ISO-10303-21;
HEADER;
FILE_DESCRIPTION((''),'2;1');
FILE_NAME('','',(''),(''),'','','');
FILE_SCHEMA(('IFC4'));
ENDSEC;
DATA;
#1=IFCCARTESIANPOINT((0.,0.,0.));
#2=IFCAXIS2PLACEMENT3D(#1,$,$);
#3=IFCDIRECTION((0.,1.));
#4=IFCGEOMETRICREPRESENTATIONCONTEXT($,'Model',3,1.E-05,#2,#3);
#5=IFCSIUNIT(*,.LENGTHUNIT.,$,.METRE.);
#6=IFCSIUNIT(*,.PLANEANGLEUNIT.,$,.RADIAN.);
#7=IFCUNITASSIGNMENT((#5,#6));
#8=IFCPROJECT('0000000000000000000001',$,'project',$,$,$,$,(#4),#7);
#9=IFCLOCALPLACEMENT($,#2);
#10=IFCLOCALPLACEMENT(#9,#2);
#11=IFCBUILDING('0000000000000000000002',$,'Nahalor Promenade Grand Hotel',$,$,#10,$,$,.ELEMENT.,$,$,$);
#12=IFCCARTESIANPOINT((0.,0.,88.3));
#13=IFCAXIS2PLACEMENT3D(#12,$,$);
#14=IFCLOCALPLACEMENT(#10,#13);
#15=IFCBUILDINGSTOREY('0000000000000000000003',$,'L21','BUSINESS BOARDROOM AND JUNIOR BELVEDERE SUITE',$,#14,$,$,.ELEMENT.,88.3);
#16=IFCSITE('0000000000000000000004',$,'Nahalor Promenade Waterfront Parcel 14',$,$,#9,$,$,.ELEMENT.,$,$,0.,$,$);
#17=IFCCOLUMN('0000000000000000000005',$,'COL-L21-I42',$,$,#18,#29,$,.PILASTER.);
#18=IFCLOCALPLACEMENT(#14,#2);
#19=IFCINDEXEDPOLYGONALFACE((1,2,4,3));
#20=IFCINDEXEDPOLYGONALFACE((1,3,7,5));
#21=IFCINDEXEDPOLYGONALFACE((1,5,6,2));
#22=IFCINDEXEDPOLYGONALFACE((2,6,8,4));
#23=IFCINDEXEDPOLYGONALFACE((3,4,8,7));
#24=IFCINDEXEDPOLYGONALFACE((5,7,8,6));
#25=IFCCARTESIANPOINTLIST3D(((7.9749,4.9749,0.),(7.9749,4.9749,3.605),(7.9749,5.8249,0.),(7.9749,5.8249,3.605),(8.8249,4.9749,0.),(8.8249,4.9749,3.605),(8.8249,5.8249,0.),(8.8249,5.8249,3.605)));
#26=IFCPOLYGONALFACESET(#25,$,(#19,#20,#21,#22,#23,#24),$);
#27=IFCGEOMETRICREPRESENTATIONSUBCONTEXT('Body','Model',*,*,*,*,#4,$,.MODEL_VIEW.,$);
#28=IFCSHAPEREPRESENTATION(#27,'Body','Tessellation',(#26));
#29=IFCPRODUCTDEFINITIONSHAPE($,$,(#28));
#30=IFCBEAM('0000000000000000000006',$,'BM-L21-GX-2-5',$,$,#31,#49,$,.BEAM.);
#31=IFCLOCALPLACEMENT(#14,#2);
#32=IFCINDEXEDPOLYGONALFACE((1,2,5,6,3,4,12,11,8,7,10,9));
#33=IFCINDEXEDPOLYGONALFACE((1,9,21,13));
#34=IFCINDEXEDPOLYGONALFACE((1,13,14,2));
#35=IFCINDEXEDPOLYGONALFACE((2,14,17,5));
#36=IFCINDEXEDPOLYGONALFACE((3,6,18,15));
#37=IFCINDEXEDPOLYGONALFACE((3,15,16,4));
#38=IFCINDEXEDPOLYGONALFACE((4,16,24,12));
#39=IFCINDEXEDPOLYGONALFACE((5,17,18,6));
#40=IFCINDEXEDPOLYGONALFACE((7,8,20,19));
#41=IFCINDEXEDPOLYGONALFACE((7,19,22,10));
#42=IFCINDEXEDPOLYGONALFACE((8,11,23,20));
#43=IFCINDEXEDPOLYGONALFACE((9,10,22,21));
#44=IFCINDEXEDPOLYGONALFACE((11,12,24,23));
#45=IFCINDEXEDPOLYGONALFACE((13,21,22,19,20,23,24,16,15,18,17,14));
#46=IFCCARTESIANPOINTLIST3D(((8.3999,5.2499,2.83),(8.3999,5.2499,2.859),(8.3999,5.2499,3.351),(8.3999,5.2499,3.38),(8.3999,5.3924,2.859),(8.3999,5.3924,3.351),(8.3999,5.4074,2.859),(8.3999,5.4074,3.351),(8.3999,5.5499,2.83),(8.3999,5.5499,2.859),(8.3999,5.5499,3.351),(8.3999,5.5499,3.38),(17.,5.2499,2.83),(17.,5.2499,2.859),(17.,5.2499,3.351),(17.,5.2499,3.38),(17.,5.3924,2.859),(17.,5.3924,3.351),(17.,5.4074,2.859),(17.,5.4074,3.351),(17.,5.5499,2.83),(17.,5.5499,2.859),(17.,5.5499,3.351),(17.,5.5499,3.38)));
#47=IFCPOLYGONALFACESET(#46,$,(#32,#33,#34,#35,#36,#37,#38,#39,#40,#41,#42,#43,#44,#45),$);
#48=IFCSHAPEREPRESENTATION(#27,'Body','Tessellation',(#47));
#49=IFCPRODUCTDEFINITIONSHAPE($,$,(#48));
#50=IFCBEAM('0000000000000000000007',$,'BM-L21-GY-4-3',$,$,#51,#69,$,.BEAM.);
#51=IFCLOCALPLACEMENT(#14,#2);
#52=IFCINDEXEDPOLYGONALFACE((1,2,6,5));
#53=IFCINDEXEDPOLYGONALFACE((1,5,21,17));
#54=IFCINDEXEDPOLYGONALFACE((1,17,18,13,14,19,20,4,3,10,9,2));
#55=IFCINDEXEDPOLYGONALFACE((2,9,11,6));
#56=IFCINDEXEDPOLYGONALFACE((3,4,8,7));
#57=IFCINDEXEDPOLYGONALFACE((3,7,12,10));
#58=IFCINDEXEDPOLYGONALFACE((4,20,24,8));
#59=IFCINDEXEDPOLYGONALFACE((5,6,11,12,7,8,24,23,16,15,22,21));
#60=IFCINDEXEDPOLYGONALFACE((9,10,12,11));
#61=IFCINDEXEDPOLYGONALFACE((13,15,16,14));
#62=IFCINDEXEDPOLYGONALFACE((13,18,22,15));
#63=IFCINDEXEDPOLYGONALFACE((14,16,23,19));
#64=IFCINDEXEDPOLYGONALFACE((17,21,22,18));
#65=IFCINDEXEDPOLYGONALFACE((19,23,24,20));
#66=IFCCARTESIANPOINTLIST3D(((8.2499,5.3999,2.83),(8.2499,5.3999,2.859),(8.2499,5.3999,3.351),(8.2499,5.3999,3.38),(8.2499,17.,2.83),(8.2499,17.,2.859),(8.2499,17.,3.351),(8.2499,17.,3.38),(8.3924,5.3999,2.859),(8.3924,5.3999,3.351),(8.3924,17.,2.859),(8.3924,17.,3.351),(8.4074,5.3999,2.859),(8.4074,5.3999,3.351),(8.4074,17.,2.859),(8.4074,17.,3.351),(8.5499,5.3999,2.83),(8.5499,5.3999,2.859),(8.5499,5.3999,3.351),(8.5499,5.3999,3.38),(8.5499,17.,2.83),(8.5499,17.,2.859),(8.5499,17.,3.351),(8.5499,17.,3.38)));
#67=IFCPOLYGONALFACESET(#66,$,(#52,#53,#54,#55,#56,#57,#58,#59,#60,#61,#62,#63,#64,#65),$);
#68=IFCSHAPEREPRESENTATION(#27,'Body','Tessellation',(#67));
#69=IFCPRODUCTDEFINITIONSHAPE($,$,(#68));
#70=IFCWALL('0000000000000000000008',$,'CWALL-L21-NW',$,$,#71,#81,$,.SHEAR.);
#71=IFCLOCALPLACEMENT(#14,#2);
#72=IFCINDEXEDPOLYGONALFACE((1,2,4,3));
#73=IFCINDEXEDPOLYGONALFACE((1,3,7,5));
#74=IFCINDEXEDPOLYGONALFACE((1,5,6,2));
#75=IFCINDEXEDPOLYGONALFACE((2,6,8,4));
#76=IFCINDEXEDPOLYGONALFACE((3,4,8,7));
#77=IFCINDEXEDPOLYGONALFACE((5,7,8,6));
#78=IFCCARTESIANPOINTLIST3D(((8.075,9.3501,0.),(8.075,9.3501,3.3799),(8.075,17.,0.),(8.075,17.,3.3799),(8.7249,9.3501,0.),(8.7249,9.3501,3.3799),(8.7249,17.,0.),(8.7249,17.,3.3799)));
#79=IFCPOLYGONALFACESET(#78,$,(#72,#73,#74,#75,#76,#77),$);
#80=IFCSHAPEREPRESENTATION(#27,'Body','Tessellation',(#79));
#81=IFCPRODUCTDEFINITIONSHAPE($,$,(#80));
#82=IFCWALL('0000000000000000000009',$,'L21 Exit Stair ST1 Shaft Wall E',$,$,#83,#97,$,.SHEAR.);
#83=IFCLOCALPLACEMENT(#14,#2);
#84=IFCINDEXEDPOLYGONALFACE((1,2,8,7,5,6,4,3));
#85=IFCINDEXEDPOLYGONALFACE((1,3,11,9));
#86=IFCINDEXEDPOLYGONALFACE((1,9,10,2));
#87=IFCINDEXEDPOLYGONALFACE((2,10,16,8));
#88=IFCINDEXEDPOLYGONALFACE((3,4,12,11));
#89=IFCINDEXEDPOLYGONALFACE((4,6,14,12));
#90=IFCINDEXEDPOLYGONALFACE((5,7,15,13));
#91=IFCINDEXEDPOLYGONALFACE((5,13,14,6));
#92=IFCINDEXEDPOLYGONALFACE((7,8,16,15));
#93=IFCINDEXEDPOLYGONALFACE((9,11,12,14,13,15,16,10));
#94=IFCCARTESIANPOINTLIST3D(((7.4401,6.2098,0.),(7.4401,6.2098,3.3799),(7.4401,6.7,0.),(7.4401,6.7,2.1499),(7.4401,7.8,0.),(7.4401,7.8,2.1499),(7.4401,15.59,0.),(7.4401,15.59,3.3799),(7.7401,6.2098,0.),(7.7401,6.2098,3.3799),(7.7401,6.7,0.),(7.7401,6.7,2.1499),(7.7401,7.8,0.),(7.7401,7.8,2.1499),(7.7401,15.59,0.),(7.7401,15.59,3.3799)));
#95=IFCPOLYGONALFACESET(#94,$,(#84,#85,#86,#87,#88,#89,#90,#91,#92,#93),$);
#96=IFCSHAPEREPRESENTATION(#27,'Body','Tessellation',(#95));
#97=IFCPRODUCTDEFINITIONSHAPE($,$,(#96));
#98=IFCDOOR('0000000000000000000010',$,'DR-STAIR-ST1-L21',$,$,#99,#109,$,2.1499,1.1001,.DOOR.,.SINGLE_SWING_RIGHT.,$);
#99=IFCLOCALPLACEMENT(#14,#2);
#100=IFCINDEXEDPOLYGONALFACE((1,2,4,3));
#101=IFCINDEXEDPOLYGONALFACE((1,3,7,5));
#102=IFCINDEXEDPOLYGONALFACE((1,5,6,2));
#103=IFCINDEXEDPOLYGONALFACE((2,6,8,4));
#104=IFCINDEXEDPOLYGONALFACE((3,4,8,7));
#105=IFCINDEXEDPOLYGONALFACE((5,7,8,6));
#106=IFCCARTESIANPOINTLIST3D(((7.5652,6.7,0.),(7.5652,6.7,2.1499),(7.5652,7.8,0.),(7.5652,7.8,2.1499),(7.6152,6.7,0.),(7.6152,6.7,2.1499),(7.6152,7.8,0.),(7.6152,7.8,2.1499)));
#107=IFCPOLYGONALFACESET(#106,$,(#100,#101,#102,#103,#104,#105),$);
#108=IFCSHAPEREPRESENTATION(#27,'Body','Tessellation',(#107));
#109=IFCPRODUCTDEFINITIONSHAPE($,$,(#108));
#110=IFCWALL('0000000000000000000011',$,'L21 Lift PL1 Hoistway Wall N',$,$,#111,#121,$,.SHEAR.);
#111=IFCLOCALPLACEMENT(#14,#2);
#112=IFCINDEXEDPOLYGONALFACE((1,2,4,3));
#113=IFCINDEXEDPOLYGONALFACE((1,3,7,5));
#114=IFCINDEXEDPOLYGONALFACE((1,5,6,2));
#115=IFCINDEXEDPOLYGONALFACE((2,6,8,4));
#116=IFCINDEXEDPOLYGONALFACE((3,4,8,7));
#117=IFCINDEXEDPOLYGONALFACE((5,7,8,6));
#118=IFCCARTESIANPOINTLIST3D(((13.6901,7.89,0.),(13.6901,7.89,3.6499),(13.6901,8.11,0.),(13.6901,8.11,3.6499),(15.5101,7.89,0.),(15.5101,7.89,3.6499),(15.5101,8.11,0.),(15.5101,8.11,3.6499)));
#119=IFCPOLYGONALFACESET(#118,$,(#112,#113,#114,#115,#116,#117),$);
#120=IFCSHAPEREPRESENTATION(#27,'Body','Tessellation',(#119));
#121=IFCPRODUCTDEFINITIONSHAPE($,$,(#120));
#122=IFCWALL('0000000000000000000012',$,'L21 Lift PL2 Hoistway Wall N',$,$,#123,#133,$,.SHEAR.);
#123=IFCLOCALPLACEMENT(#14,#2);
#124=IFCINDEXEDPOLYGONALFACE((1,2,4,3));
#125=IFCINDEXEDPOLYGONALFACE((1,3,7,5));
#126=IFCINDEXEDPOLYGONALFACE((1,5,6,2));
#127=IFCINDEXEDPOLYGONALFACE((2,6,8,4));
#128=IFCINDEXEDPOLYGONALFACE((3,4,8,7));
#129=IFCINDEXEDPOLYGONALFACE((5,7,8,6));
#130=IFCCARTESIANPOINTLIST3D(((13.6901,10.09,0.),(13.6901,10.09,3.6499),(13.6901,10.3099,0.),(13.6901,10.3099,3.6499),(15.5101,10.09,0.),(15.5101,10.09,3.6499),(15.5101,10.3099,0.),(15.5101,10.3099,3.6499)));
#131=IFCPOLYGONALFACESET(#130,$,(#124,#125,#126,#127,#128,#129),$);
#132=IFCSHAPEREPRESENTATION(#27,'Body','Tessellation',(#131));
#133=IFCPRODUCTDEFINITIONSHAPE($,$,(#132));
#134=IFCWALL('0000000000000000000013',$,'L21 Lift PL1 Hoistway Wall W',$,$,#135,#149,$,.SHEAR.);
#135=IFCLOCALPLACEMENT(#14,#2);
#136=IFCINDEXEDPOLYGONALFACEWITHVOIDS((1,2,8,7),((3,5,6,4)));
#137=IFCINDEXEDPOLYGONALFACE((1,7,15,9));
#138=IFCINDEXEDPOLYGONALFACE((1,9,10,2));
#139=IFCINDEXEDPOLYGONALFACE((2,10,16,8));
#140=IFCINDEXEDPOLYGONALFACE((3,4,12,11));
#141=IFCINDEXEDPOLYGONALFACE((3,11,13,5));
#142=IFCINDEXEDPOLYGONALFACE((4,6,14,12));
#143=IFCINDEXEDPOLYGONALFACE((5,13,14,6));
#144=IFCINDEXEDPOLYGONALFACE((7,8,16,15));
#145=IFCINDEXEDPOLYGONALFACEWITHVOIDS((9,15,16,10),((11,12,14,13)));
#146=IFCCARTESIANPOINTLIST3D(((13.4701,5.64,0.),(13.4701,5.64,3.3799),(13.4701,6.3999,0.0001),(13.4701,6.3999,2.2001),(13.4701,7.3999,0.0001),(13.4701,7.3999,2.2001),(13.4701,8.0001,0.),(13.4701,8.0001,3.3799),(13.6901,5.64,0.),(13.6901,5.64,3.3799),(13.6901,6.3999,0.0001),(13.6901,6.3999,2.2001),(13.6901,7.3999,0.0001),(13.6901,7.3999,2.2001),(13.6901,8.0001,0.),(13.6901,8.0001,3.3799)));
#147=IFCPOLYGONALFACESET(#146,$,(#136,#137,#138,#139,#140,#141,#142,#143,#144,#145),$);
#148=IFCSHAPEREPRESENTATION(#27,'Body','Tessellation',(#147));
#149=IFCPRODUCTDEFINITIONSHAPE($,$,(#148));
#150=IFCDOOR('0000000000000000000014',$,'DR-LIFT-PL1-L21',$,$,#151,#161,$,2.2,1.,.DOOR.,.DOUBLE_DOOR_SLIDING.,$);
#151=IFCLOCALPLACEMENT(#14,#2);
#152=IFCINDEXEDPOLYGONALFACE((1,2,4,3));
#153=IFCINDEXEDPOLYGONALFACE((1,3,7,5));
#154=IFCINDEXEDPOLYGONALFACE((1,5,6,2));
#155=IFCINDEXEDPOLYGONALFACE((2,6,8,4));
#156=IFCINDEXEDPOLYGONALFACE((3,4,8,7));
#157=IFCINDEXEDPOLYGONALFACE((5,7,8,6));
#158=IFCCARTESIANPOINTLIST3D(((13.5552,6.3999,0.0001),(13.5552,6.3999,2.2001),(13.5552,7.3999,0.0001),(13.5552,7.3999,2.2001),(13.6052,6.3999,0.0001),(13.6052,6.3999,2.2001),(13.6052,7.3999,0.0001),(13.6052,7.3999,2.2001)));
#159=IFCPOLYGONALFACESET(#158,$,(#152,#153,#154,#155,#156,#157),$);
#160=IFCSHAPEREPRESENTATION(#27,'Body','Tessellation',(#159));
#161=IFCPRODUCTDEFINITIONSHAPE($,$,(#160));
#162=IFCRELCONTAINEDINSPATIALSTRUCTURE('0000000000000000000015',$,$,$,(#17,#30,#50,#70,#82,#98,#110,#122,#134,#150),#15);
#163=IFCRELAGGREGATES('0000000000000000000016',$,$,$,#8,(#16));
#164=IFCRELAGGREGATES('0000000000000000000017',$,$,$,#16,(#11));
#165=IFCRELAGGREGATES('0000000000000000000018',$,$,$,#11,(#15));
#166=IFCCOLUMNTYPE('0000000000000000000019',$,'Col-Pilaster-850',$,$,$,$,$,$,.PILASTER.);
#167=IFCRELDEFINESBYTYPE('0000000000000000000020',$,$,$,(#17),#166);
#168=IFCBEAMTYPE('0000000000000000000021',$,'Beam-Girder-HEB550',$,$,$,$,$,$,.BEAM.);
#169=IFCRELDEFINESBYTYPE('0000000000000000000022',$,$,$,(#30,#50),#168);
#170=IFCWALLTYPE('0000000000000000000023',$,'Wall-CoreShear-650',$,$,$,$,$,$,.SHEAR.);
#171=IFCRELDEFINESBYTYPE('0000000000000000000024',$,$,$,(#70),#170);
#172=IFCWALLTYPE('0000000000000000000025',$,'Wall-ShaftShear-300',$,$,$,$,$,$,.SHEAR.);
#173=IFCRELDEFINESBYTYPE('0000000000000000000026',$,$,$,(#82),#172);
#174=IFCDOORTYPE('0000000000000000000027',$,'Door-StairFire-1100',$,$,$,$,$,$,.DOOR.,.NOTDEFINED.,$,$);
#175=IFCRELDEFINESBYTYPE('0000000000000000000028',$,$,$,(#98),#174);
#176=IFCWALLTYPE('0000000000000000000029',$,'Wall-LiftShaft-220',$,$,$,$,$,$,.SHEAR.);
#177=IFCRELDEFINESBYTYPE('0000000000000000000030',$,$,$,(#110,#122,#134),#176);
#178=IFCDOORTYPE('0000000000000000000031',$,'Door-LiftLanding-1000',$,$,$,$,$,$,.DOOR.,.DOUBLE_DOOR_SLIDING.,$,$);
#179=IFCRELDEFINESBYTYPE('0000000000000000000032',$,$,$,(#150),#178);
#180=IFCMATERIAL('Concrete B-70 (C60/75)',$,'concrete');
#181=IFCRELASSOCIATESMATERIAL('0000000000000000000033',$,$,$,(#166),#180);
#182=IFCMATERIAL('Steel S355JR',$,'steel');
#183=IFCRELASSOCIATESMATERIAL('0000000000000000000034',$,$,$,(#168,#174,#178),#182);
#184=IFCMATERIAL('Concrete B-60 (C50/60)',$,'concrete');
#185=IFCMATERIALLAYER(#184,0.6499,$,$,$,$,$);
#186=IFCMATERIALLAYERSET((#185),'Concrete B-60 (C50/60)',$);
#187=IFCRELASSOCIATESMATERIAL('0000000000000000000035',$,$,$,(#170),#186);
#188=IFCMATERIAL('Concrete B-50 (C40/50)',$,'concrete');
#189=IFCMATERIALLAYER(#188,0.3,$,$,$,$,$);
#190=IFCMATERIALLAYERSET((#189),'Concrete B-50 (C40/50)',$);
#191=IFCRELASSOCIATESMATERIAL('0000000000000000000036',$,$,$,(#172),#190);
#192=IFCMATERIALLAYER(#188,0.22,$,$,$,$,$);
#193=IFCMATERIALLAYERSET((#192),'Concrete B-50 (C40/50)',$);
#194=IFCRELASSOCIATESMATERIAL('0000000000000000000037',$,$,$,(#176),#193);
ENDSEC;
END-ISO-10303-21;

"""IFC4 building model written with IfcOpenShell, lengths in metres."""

from ifc_helpers import new_model, si_unit, direction, frame, frame_2d, origin, origin_2d, place, context, subcontext, project, spatial, rectangle, i_section, extrude, source, transform, mapped, material, layer, layer_set, material_profile, profile_set, type_object, element, fill, save


model = new_model("IFC4")

# Units and contexts
model_context = context("Model", 3, precision=1e-05, world=origin(), true_north=direction((0.0, 1.0)))
body_context = subcontext(model_context, "Body", "Model", "MODEL_VIEW")
ifc_project = project(units=[si_unit("LENGTHUNIT", "METRE"), si_unit("PLANEANGLEUNIT", "RADIAN")], contexts=[model_context])

# Site, building, storey
site_placement = place(None, origin())
site = spatial("IfcSite", under=ifc_project, at=site_placement, Name="Nahalor Promenade Waterfront Parcel 14", CompositionType="ELEMENT", RefElevation=0.0)
building_placement = place(site_placement, origin())
building = spatial("IfcBuilding", under=site, at=building_placement, Name="Nahalor Promenade Grand Hotel", CompositionType="ELEMENT")
storey_placement = place(building_placement, frame((0.0, 0.0, 88.3)))
storey = spatial("IfcBuildingStorey", under=building, at=storey_placement, Name="L21", Description="BUSINESS BOARDROOM AND JUNIOR BELVEDERE SUITE", CompositionType="ELEMENT", Elevation=88.3)

# Column
ifc_material_1 = material(Name="Concrete B-70 (C60/75)", Category="concrete")
ifc_material_profile_1 = material_profile(ifc_material_1, rectangle(XDim=0.85, YDim=0.85, at=origin_2d()), Name="RC 850x850")
ifc_profile_set_1 = profile_set([ifc_material_profile_1], Name="Concrete B-70 (C60/75)")
column_type = type_object("IfcColumnType", Name="Col-Pilaster-850", PredefinedType="PILASTER", material=ifc_profile_set_1)
shared_shape_1 = source(origin(), body_context, "Body", "SweptSolid", [
    extrude(rectangle(XDim=0.85, YDim=0.85, at=origin_2d()), origin(), (0.0, 0.0, 1.0), 3.605),
])
column_placement = place(storey_placement, frame((8.3999, 5.3999, 0.0), z_axis=(0.0, 0.0, 1.0), x_axis=(1.0, 0.0, 0.0)))
element("IfcColumn", 1, at=column_placement, inside=storey, type_object=column_type, Name="COL-L21-I42", PredefinedType="PILASTER", context=body_context, shape_type="MappedRepresentation", body=[
    mapped(shared_shape_1, transform((0.0, 0.0, 0.0), scale=1.0)),
])

# Beams
ifc_material_2 = material(Name="Steel S355JR", Category="steel")
ifc_material_profile_2 = material_profile(ifc_material_2, i_section(OverallWidth=0.3, OverallDepth=0.55, WebThickness=0.015, FlangeThickness=0.029, at=origin_2d()), Name="HEB 550")
ifc_profile_set_2 = profile_set([ifc_material_profile_2], Name="Steel S355JR")
beam_type = type_object("IfcBeamType", Name="Beam-Girder-HEB550", PredefinedType="BEAM", material=ifc_profile_set_2)
shared_shape_2 = source(origin(), body_context, "Body", "SweptSolid", [
    extrude(i_section(OverallWidth=0.3, OverallDepth=0.55, WebThickness=0.015, FlangeThickness=0.029, at=origin_2d()), origin(), (0.0, 0.0, 1.0), 8.6001),
])
beam_1_placement = place(storey_placement, frame((8.3999, 5.3999, 3.105), z_axis=(1.0, 0.0, 0.0), x_axis=(0.0, 1.0, 0.0)))
element("IfcBeam", 2, at=beam_1_placement, inside=storey, type_object=beam_type, Name="BM-L21-GX-2-5", PredefinedType="BEAM", context=body_context, shape_type="MappedRepresentation", body=[
    mapped(shared_shape_2, transform((0.0, 0.0, 0.0), scale=1.0)),
])
shared_shape_3 = source(origin(), body_context, "Body", "SweptSolid", [
    extrude(i_section(OverallWidth=0.3, OverallDepth=0.55, WebThickness=0.015, FlangeThickness=0.029, at=origin_2d()), origin(), (0.0, 0.0, 1.0), 11.6001),
])
beam_2_placement = place(storey_placement, frame((8.3999, 5.3999, 3.105), z_axis=(0.0, 1.0, 0.0), x_axis=(-1.0, 0.0, 0.0)))
element("IfcBeam", 3, at=beam_2_placement, inside=storey, type_object=beam_type, Name="BM-L21-GY-4-3", PredefinedType="BEAM", context=body_context, shape_type="MappedRepresentation", body=[
    mapped(shared_shape_3, transform((0.0, 0.0, 0.0), scale=1.0)),
])

# Wall
ifc_material_3 = material(Name="Concrete B-60 (C50/60)", Category="concrete")
ifc_layer_1 = layer(ifc_material_3, 0.6499)
ifc_layer_set_1 = layer_set([ifc_layer_1], Name="Concrete B-60 (C50/60)")
wall_type_1 = type_object("IfcWallType", Name="Wall-CoreShear-650", PredefinedType="SHEAR", material=ifc_layer_set_1)
shared_shape_4 = source(origin(), body_context, "Body", "SweptSolid", [
    extrude(rectangle(XDim=7.6499, YDim=0.6499, at=frame_2d((3.825, 0.0))), origin(), (0.0, 0.0, 1.0), 3.3799),
])
wall_1_placement = place(storey_placement, frame((8.3999, 9.3501, 0.0), z_axis=(0.0, 0.0, 1.0), x_axis=(0.0, 1.0, 0.0)))
element("IfcWall", 4, at=wall_1_placement, inside=storey, type_object=wall_type_1, Name="CWALL-L21-NW", PredefinedType="SHEAR", context=body_context, shape_type="MappedRepresentation", body=[
    mapped(shared_shape_4, transform((0.0, 0.0, 0.0), scale=1.0)),
])

# Wall, opening, door
ifc_material_4 = material(Name="Concrete B-50 (C40/50)", Category="concrete")
ifc_layer_2 = layer(ifc_material_4, 0.3)
ifc_layer_set_2 = layer_set([ifc_layer_2], Name="Concrete B-50 (C40/50)")
wall_type_2 = type_object("IfcWallType", Name="Wall-ShaftShear-300", PredefinedType="SHEAR", material=ifc_layer_set_2)
shared_shape_5 = source(origin(), body_context, "Body", "SweptSolid", [
    extrude(rectangle(XDim=9.3801, YDim=0.3, at=frame_2d((4.6899, 0.0))), origin(), (0.0, 0.0, 1.0), 3.3799),
])
wall_2_placement = place(storey_placement, frame((7.5901, 6.21, 0.0), z_axis=(0.0, 0.0, 1.0), x_axis=(0.0, 1.0, 0.0)))
wall_2 = element("IfcWall", 5, at=wall_2_placement, inside=storey, type_object=wall_type_2, Name="L21 Exit Stair ST1 Shaft Wall E", PredefinedType="SHEAR", context=body_context, shape_type="MappedRepresentation", body=[
    mapped(shared_shape_5, transform((0.0, 0.0, 0.0), scale=1.0)),
])
opening_1_placement = place(wall_2_placement, frame((0.49, 0.0, 0.0)))
opening_1 = element("IfcOpeningElement", 6, at=opening_1_placement, cuts=wall_2, PredefinedType="OPENING", context=body_context, shape_type="SweptSolid", body=[
    extrude(rectangle(XDim=1.1001, YDim=2.1499, at=frame_2d((0.55, 1.075))), frame((0.0, 0.1599, 0.0), z_axis=(0.0, -1.0, 0.0), x_axis=(1.0, 0.0, 0.0)), (0.0, 0.0, 1.0), 0.3201),
])
door_type_1 = type_object("IfcDoorType", Name="Door-StairFire-1100", OperationType="NOTDEFINED", PredefinedType="DOOR", material=ifc_material_2)
shared_shape_6 = source(origin(), body_context, "Body", "SweptSolid", [
    extrude(rectangle(XDim=1.1001, YDim=2.1499, at=frame_2d((0.55, 1.075))), frame((0.0, 0.0249, 0.0), z_axis=(0.0, -1.0, 0.0), x_axis=(1.0, 0.0, 0.0)), (0.0, 0.0, 1.0), 0.05),
])
door_1_placement = place(opening_1_placement, origin())
door_1 = element("IfcDoor", 7, at=door_1_placement, inside=storey, type_object=door_type_1, Name="DR-STAIR-ST1-L21", OperationType="SINGLE_SWING_RIGHT", OverallHeight=2.1499, OverallWidth=1.1001, PredefinedType="DOOR", context=body_context, shape_type="MappedRepresentation", body=[
    mapped(shared_shape_6, transform((0.0, 0.0, 0.0), scale=1.0)),
])
fill(opening_1, door_1)

# Walls
ifc_layer_3 = layer(ifc_material_4, 0.22)
ifc_layer_set_3 = layer_set([ifc_layer_3], Name="Concrete B-50 (C40/50)")
wall_type_3 = type_object("IfcWallType", Name="Wall-LiftShaft-220", PredefinedType="SHEAR", material=ifc_layer_set_3)
shared_shape_7 = source(origin(), body_context, "Body", "SweptSolid", [
    extrude(rectangle(XDim=1.8201, YDim=0.22, at=frame_2d((0.9102, 0.0))), origin(), (0.0, 0.0, 1.0), 3.6499),
])
for number, where, z_axis, x_axis, name in (
    (8, (13.6899, 8.0, 0.0), (0.0, 0.0, 1.0), (1.0, 0.0, 0.0), "L21 Lift PL1 Hoistway Wall N"),
    (9, (13.6899, 10.2, 0.0), (0.0, 0.0, 1.0), (1.0, 0.0, 0.0), "L21 Lift PL2 Hoistway Wall N"),
):
    element("IfcWall", number, at=place(storey_placement, frame(where, z_axis=z_axis, x_axis=x_axis)), inside=storey, type_object=wall_type_3, Name=name, PredefinedType="SHEAR", context=body_context, shape_type="MappedRepresentation", body=[
        mapped(shared_shape_7, transform((0.0, 0.0, 0.0), scale=1.0)),
    ])

# Wall, opening, door
shared_shape_8 = source(origin(), body_context, "Body", "SweptSolid", [
    extrude(rectangle(XDim=2.3601, YDim=0.22, at=frame_2d((1.1802, 0.0))), origin(), (0.0, 0.0, 1.0), 3.3799),
])
wall_3_placement = place(storey_placement, frame((13.5801, 5.6399, 0.0), z_axis=(0.0, 0.0, 1.0), x_axis=(0.0, 1.0, 0.0)))
wall_3 = element("IfcWall", 10, at=wall_3_placement, inside=storey, type_object=wall_type_3, Name="L21 Lift PL1 Hoistway Wall W", PredefinedType="SHEAR", context=body_context, shape_type="MappedRepresentation", body=[
    mapped(shared_shape_8, transform((0.0, 0.0, 0.0), scale=1.0)),
])
opening_2_placement = place(wall_3_placement, frame((0.76, 0.0, 0.0)))
opening_2 = element("IfcOpeningElement", 11, at=opening_2_placement, cuts=wall_3, PredefinedType="OPENING", context=body_context, shape_type="SweptSolid", body=[
    extrude(rectangle(XDim=1.0, YDim=2.2, at=frame_2d((0.5, 1.1001))), frame((0.0, 0.1199, 0.0), z_axis=(0.0, -1.0, 0.0), x_axis=(1.0, 0.0, 0.0)), (0.0, 0.0, 1.0), 0.24),
])
door_type_2 = type_object("IfcDoorType", Name="Door-LiftLanding-1000", OperationType="DOUBLE_DOOR_SLIDING", PredefinedType="DOOR", material=ifc_material_2)
shared_shape_9 = source(origin(), body_context, "Body", "SweptSolid", [
    extrude(rectangle(XDim=1.0, YDim=2.2, at=frame_2d((0.5, 1.1001))), frame((0.0, 0.0249, 0.0), z_axis=(0.0, -1.0, 0.0), x_axis=(1.0, 0.0, 0.0)), (0.0, 0.0, 1.0), 0.05),
])
door_2_placement = place(opening_2_placement, origin())
door_2 = element("IfcDoor", 12, at=door_2_placement, inside=storey, type_object=door_type_2, Name="DR-LIFT-PL1-L21", OperationType="DOUBLE_DOOR_SLIDING", OverallHeight=2.2, OverallWidth=1.0, PredefinedType="DOOR", context=body_context, shape_type="MappedRepresentation", body=[
    mapped(shared_shape_9, transform((0.0, 0.0, 0.0), scale=1.0)),
])
fill(opening_2, door_2)

save(model, "model.ifc")
